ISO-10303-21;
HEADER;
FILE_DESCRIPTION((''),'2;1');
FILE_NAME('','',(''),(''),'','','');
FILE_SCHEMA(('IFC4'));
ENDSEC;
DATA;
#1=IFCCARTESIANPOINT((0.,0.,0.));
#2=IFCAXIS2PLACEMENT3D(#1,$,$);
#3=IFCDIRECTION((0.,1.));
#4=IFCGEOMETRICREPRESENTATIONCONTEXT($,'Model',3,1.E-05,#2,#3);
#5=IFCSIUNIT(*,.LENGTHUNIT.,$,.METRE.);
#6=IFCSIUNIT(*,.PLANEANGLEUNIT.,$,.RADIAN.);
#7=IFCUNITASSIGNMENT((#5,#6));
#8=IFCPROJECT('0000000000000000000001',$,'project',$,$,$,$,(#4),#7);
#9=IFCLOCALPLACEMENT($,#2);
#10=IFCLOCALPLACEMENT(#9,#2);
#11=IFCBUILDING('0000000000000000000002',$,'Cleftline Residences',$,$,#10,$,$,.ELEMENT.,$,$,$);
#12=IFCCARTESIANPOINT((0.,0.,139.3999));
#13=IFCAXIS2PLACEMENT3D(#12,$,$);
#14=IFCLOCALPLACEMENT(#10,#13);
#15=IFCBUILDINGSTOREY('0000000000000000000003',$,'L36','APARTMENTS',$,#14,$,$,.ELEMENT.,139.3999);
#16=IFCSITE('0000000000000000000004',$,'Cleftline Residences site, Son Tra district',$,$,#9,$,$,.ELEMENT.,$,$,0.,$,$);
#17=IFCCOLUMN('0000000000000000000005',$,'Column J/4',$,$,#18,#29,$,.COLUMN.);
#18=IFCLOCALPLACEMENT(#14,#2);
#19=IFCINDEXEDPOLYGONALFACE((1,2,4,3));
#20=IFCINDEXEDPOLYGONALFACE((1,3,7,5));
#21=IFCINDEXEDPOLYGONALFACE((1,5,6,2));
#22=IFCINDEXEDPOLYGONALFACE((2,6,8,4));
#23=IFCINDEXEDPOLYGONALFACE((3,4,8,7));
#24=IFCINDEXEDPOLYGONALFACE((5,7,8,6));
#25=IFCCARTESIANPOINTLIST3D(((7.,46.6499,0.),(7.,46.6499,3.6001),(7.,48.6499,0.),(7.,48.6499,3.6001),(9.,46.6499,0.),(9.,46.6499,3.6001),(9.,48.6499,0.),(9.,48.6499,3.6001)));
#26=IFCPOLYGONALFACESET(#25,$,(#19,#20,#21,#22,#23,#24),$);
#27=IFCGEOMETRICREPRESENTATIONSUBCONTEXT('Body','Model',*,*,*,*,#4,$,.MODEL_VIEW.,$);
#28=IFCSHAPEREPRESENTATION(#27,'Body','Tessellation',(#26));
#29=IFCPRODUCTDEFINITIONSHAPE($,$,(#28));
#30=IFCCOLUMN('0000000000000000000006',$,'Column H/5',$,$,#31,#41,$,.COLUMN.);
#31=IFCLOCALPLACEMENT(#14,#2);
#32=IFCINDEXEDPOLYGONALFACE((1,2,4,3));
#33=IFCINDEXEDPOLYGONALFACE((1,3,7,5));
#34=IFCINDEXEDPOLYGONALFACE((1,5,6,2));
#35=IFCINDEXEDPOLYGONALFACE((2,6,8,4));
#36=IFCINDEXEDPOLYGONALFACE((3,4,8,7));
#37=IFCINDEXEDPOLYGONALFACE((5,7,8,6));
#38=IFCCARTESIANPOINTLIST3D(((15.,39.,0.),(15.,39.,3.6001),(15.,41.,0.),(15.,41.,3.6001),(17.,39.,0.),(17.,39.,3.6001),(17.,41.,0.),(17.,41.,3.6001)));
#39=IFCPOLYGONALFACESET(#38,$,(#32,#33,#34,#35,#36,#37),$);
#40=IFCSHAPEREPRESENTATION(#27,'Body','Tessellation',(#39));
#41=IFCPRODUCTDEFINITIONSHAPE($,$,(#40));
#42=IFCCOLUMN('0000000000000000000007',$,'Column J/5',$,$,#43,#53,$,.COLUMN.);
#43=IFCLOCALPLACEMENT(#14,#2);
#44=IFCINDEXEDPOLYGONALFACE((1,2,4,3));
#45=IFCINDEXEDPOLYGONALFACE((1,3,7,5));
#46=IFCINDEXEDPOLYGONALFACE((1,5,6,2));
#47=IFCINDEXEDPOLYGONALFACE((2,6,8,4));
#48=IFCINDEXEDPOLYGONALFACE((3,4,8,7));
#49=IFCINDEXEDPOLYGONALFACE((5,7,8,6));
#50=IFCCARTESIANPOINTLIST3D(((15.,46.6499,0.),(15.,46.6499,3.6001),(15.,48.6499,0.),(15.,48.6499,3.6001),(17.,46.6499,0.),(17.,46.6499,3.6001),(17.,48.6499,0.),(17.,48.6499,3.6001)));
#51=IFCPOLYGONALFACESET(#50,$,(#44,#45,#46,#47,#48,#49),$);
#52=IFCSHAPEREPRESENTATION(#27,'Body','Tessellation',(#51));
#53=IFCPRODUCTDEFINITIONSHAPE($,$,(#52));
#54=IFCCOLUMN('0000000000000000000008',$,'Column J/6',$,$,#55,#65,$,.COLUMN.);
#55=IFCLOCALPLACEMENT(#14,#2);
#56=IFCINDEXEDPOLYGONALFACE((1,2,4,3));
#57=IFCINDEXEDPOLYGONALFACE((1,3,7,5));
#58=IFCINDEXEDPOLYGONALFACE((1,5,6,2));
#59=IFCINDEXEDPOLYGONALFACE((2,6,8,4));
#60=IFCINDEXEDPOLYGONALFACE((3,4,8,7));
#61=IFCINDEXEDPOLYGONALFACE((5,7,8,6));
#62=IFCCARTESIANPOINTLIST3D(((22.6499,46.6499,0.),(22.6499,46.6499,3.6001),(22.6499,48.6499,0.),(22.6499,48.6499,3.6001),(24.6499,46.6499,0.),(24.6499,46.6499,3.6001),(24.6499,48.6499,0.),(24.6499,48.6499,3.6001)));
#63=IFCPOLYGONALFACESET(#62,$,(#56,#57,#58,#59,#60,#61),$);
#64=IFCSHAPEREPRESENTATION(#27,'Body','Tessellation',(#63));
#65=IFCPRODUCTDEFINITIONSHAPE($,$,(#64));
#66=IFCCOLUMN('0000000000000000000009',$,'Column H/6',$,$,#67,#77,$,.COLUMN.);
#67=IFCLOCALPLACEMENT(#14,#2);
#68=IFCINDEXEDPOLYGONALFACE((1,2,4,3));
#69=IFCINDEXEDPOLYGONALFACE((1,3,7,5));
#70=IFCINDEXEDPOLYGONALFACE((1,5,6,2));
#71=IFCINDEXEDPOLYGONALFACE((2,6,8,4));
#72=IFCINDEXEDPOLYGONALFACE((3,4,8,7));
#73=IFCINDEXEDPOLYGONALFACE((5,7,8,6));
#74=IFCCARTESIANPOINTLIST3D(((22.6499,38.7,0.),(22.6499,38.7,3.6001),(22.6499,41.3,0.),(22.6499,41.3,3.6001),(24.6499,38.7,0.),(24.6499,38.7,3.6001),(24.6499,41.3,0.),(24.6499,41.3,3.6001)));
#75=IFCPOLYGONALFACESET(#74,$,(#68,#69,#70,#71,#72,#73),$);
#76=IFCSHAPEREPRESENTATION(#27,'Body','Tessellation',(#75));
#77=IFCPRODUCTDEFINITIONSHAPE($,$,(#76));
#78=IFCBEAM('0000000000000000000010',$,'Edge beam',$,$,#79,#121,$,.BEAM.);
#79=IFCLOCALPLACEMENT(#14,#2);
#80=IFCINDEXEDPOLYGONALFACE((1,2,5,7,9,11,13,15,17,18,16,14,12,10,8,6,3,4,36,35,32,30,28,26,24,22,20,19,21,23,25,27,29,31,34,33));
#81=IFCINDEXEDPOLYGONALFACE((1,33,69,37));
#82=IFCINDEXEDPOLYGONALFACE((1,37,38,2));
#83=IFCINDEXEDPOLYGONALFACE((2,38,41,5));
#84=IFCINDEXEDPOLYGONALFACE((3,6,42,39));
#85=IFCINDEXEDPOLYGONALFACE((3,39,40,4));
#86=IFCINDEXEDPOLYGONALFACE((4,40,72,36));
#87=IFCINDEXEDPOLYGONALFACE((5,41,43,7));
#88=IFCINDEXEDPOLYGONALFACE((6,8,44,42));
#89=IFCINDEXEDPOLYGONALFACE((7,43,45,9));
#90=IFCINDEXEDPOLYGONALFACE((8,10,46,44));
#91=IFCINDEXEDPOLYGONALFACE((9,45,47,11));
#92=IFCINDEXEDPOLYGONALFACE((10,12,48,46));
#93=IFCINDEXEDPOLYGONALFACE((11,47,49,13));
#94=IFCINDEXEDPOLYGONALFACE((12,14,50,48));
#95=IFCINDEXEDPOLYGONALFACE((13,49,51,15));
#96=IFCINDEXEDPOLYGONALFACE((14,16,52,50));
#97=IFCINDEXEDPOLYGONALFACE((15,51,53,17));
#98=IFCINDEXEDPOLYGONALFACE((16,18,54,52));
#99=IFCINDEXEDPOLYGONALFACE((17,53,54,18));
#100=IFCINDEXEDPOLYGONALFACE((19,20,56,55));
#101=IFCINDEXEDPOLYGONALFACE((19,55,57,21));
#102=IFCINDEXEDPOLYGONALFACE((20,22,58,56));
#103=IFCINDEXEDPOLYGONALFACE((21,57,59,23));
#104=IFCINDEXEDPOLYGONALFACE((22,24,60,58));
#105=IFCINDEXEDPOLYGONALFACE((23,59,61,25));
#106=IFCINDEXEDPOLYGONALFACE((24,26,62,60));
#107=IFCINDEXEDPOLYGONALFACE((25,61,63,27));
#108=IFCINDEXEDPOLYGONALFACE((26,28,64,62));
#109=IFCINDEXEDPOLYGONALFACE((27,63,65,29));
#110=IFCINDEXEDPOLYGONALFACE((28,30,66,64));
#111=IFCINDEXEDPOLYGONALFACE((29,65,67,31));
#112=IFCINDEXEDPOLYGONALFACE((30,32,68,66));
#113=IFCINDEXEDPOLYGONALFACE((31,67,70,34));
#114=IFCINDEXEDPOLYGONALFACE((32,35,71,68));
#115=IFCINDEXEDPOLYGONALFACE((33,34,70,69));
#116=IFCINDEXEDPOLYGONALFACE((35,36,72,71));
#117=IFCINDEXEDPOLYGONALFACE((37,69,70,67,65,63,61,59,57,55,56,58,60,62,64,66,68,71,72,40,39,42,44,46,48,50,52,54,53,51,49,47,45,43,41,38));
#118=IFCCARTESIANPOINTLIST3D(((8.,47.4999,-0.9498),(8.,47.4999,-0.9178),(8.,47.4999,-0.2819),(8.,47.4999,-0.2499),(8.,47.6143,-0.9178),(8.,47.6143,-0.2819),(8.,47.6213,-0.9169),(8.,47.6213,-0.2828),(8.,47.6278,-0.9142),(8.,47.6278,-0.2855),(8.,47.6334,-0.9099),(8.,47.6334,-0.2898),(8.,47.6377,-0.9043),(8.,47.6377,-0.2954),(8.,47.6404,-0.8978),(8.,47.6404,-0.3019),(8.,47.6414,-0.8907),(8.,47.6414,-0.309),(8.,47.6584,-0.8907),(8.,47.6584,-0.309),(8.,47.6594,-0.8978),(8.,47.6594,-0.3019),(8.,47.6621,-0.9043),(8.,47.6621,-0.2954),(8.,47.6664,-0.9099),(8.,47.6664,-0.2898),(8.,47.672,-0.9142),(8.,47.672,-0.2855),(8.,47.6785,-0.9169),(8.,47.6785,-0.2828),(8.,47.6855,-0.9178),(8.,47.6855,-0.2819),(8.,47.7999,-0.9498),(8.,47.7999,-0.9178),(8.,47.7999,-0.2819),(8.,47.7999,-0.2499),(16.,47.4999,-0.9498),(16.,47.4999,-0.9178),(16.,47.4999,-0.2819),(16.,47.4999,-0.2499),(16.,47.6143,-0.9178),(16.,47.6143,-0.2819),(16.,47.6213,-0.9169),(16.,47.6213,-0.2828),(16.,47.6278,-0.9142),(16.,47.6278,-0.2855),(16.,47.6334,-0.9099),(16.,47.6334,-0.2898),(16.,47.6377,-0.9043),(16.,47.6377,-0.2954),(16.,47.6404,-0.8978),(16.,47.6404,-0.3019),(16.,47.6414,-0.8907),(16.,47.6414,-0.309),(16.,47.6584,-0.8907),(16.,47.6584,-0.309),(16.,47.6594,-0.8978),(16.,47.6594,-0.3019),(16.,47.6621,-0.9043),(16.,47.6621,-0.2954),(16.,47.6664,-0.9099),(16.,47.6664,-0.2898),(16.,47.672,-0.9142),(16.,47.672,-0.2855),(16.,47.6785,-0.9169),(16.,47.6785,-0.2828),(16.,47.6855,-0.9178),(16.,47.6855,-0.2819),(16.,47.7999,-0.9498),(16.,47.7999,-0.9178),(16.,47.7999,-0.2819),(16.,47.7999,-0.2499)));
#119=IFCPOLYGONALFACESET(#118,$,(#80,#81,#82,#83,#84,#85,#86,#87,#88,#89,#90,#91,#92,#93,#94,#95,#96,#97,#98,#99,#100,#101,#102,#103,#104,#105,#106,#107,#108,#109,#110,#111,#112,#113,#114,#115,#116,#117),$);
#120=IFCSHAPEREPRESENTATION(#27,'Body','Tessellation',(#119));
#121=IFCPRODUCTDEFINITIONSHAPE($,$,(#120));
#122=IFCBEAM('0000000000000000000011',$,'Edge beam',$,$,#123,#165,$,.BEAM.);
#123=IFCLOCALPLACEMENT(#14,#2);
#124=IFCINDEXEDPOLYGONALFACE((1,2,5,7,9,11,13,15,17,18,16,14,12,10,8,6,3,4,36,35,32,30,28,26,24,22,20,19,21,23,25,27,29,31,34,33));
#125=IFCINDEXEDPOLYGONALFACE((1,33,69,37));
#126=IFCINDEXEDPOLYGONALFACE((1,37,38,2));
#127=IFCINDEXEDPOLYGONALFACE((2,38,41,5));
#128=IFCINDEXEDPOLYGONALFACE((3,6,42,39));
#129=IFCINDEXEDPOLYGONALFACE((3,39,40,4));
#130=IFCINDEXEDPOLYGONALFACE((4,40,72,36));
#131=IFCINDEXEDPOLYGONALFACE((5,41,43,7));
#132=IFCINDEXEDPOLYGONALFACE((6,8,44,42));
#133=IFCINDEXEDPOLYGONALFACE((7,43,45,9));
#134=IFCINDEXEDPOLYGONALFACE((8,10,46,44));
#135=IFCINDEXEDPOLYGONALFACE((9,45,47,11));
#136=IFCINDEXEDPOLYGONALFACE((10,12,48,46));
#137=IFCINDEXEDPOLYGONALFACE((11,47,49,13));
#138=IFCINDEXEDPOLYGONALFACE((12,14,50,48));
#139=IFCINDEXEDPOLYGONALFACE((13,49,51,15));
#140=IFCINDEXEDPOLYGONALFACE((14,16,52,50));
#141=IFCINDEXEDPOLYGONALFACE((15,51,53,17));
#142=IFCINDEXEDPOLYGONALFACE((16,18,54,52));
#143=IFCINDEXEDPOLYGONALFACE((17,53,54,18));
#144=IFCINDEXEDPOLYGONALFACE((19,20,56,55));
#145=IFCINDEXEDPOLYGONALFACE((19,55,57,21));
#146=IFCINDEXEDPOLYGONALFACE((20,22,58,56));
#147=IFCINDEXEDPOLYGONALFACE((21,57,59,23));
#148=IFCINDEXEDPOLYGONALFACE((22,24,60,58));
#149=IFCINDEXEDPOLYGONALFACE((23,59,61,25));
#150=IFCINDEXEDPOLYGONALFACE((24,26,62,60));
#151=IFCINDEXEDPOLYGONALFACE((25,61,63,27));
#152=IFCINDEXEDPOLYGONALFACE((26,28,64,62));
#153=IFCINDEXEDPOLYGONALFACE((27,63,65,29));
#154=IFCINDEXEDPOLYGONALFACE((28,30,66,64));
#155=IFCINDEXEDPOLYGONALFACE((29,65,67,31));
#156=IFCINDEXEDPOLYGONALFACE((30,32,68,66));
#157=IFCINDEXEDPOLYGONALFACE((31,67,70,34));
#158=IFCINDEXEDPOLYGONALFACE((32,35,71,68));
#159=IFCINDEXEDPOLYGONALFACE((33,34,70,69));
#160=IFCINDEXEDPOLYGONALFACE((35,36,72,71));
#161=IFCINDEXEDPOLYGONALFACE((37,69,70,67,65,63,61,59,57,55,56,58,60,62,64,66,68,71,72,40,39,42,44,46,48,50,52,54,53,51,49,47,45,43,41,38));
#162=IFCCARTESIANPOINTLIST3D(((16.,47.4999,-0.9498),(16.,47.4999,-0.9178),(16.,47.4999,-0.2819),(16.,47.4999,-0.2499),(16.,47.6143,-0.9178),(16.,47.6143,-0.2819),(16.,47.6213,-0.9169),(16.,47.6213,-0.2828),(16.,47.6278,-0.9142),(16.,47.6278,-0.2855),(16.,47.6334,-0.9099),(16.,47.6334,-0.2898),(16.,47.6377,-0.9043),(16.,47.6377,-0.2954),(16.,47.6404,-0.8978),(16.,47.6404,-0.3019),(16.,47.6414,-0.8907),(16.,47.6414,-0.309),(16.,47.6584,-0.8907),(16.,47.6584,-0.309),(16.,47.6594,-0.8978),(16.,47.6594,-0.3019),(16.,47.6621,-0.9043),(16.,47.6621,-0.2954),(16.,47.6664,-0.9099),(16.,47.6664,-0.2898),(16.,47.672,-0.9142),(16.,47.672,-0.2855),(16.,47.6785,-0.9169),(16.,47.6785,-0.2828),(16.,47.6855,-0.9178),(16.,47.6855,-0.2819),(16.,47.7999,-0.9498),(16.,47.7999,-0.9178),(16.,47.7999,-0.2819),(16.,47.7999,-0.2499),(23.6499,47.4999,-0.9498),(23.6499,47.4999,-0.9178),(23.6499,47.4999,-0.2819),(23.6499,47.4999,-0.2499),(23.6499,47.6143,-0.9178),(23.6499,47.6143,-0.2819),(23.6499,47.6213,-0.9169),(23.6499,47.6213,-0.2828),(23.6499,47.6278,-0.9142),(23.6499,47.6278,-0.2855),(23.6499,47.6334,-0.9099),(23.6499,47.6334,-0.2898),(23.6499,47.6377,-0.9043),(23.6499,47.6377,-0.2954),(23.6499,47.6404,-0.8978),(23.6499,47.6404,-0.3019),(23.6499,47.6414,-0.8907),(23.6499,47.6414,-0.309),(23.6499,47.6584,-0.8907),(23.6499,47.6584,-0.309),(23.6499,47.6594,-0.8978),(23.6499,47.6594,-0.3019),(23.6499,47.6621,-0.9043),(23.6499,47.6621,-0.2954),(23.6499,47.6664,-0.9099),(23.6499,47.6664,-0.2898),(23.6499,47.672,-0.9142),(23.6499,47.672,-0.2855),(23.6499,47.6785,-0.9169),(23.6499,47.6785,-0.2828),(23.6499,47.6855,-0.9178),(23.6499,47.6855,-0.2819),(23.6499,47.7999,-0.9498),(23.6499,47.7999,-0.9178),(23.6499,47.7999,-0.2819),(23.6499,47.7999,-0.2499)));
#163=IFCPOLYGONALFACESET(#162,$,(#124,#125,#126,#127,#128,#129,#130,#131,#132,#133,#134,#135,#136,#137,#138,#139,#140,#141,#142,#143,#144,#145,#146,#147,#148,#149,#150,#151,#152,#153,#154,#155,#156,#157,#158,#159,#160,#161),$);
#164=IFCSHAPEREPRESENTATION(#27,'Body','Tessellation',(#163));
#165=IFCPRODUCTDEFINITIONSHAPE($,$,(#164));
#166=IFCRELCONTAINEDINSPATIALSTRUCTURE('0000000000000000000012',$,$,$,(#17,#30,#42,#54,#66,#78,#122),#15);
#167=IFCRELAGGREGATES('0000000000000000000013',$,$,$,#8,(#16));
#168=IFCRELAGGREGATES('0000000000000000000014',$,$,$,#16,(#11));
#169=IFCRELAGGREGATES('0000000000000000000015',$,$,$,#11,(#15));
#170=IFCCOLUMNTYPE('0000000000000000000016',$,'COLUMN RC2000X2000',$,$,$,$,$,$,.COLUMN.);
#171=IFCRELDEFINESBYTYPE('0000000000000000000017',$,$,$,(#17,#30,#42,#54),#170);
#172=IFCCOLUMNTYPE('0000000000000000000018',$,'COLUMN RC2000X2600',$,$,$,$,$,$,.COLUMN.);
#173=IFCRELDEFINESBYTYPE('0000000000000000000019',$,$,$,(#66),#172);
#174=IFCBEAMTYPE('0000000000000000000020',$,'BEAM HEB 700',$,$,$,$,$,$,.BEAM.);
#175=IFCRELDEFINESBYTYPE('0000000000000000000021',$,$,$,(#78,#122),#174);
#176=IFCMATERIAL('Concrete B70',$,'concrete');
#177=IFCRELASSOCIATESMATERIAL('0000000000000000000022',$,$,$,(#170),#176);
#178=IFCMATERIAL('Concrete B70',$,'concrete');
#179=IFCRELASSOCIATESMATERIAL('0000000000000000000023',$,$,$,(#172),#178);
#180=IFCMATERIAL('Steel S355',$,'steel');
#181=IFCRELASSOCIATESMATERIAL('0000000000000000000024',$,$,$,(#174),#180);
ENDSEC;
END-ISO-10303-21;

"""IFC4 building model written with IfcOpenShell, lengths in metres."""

from ifc_helpers import new_model, si_unit, direction, frame, origin, origin_2d, place, context, subcontext, project, spatial, rectangle, i_section, extrude, material, material_profile, profile_set, type_object, element, save


model = new_model("IFC4")

# Units and contexts
model_context = context("Model", 3, precision=1e-05, world=origin(), true_north=direction((0.0, 1.0)))
body_context = subcontext(model_context, "Body", "Model", "MODEL_VIEW")
ifc_project = project(units=[si_unit("LENGTHUNIT", "METRE"), si_unit("PLANEANGLEUNIT", "RADIAN")], contexts=[model_context])

# Site, building, storey
site_placement = place(None, origin())
site = spatial("IfcSite", under=ifc_project, at=site_placement, Name="Cleftline Residences site, Son Tra district", CompositionType="ELEMENT", RefElevation=0.0)
building_placement = place(site_placement, origin())
building = spatial("IfcBuilding", under=site, at=building_placement, Name="Cleftline Residences", CompositionType="ELEMENT")
storey_placement = place(building_placement, frame((0.0, 0.0, 139.3999)))
storey = spatial("IfcBuildingStorey", under=building, at=storey_placement, Name="L36", Description="APARTMENTS", CompositionType="ELEMENT", Elevation=139.3999)

# Columns
ifc_material_1 = material(Name="Concrete B70", Category="concrete")
ifc_material_profile_1 = material_profile(ifc_material_1, rectangle(XDim=2.0, YDim=2.0, at=origin_2d()))
ifc_profile_set_1 = profile_set([ifc_material_profile_1], Name="Concrete B70")
column_type_1 = type_object("IfcColumnType", Name="COLUMN RC2000X2000", PredefinedType="COLUMN", material=ifc_profile_set_1)
for number, where, z_axis, x_axis, name in (
    (1, (8.0, 47.6499, 0.0), (0.0, 0.0, 1.0), (1.0, 0.0, 0.0), "Column J/4"),
    (2, (16.0, 40.0, 0.0), (0.0, 0.0, 1.0), (1.0, 0.0, 0.0), "Column H/5"),
    (3, (16.0, 47.6499, 0.0), (0.0, 0.0, 1.0), (1.0, 0.0, 0.0), "Column J/5"),
    (4, (23.6499, 47.6499, 0.0), (0.0, 0.0, 1.0), (1.0, 0.0, 0.0), "Column J/6"),
):
    element("IfcColumn", number, at=place(storey_placement, frame(where, z_axis=z_axis, x_axis=x_axis)), inside=storey, type_object=column_type_1, Name=name, PredefinedType="COLUMN", context=body_context, shape_type="SweptSolid", body=[
        extrude(rectangle(XDim=2.0, YDim=2.0, at=origin_2d()), origin(), (0.0, 0.0, 1.0), 3.6001),
    ])
ifc_material_2 = material(Name="Concrete B70", Category="concrete")
ifc_material_profile_2 = material_profile(ifc_material_2, rectangle(XDim=2.0, YDim=2.6001, at=origin_2d()))
ifc_profile_set_2 = profile_set([ifc_material_profile_2], Name="Concrete B70")
column_type_2 = type_object("IfcColumnType", Name="COLUMN RC2000X2600", PredefinedType="COLUMN", material=ifc_profile_set_2)
column_placement = place(storey_placement, frame((23.6499, 40.0, 0.0), z_axis=(0.0, 0.0, 1.0), x_axis=(1.0, 0.0, 0.0)))
element("IfcColumn", 5, at=column_placement, inside=storey, type_object=column_type_2, Name="Column H/6", PredefinedType="COLUMN", context=body_context, shape_type="SweptSolid", body=[
    extrude(rectangle(XDim=2.0, YDim=2.6001, at=origin_2d()), origin(), (0.0, 0.0, 1.0), 3.6001),
])

# Beams
ifc_material_3 = material(Name="Steel S355", Category="steel")
ifc_material_profile_3 = material_profile(ifc_material_3, i_section(OverallWidth=0.3, OverallDepth=0.7, WebThickness=0.0171, FlangeThickness=0.032, FilletRadius=0.0271, at=origin_2d()))
ifc_profile_set_3 = profile_set([ifc_material_profile_3], Name="Steel S355")
beam_type = type_object("IfcBeamType", Name="BEAM HEB 700", PredefinedType="BEAM", material=ifc_profile_set_3)
beam_1_placement = place(storey_placement, frame((8.0, 47.6499, -0.5999), z_axis=(1.0, 0.0, 0.0), x_axis=(0.0, 1.0, 0.0)))
element("IfcBeam", 6, at=beam_1_placement, inside=storey, type_object=beam_type, Name="Edge beam", PredefinedType="BEAM", context=body_context, shape_type="SweptSolid", body=[
    extrude(i_section(OverallWidth=0.3, OverallDepth=0.7, WebThickness=0.0171, FlangeThickness=0.032, FilletRadius=0.0271, at=origin_2d()), origin(), (0.0, 0.0, 1.0), 8.0),
])
beam_2_placement = place(storey_placement, frame((16.0, 47.6499, -0.5999), z_axis=(1.0, 0.0, 0.0), x_axis=(0.0, 1.0, 0.0)))
element("IfcBeam", 7, at=beam_2_placement, inside=storey, type_object=beam_type, Name="Edge beam", PredefinedType="BEAM", context=body_context, shape_type="SweptSolid", body=[
    extrude(i_section(OverallWidth=0.3, OverallDepth=0.7, WebThickness=0.0171, FlangeThickness=0.032, FilletRadius=0.0271, at=origin_2d()), origin(), (0.0, 0.0, 1.0), 7.6499),
])

save(model, "model.ifc")
